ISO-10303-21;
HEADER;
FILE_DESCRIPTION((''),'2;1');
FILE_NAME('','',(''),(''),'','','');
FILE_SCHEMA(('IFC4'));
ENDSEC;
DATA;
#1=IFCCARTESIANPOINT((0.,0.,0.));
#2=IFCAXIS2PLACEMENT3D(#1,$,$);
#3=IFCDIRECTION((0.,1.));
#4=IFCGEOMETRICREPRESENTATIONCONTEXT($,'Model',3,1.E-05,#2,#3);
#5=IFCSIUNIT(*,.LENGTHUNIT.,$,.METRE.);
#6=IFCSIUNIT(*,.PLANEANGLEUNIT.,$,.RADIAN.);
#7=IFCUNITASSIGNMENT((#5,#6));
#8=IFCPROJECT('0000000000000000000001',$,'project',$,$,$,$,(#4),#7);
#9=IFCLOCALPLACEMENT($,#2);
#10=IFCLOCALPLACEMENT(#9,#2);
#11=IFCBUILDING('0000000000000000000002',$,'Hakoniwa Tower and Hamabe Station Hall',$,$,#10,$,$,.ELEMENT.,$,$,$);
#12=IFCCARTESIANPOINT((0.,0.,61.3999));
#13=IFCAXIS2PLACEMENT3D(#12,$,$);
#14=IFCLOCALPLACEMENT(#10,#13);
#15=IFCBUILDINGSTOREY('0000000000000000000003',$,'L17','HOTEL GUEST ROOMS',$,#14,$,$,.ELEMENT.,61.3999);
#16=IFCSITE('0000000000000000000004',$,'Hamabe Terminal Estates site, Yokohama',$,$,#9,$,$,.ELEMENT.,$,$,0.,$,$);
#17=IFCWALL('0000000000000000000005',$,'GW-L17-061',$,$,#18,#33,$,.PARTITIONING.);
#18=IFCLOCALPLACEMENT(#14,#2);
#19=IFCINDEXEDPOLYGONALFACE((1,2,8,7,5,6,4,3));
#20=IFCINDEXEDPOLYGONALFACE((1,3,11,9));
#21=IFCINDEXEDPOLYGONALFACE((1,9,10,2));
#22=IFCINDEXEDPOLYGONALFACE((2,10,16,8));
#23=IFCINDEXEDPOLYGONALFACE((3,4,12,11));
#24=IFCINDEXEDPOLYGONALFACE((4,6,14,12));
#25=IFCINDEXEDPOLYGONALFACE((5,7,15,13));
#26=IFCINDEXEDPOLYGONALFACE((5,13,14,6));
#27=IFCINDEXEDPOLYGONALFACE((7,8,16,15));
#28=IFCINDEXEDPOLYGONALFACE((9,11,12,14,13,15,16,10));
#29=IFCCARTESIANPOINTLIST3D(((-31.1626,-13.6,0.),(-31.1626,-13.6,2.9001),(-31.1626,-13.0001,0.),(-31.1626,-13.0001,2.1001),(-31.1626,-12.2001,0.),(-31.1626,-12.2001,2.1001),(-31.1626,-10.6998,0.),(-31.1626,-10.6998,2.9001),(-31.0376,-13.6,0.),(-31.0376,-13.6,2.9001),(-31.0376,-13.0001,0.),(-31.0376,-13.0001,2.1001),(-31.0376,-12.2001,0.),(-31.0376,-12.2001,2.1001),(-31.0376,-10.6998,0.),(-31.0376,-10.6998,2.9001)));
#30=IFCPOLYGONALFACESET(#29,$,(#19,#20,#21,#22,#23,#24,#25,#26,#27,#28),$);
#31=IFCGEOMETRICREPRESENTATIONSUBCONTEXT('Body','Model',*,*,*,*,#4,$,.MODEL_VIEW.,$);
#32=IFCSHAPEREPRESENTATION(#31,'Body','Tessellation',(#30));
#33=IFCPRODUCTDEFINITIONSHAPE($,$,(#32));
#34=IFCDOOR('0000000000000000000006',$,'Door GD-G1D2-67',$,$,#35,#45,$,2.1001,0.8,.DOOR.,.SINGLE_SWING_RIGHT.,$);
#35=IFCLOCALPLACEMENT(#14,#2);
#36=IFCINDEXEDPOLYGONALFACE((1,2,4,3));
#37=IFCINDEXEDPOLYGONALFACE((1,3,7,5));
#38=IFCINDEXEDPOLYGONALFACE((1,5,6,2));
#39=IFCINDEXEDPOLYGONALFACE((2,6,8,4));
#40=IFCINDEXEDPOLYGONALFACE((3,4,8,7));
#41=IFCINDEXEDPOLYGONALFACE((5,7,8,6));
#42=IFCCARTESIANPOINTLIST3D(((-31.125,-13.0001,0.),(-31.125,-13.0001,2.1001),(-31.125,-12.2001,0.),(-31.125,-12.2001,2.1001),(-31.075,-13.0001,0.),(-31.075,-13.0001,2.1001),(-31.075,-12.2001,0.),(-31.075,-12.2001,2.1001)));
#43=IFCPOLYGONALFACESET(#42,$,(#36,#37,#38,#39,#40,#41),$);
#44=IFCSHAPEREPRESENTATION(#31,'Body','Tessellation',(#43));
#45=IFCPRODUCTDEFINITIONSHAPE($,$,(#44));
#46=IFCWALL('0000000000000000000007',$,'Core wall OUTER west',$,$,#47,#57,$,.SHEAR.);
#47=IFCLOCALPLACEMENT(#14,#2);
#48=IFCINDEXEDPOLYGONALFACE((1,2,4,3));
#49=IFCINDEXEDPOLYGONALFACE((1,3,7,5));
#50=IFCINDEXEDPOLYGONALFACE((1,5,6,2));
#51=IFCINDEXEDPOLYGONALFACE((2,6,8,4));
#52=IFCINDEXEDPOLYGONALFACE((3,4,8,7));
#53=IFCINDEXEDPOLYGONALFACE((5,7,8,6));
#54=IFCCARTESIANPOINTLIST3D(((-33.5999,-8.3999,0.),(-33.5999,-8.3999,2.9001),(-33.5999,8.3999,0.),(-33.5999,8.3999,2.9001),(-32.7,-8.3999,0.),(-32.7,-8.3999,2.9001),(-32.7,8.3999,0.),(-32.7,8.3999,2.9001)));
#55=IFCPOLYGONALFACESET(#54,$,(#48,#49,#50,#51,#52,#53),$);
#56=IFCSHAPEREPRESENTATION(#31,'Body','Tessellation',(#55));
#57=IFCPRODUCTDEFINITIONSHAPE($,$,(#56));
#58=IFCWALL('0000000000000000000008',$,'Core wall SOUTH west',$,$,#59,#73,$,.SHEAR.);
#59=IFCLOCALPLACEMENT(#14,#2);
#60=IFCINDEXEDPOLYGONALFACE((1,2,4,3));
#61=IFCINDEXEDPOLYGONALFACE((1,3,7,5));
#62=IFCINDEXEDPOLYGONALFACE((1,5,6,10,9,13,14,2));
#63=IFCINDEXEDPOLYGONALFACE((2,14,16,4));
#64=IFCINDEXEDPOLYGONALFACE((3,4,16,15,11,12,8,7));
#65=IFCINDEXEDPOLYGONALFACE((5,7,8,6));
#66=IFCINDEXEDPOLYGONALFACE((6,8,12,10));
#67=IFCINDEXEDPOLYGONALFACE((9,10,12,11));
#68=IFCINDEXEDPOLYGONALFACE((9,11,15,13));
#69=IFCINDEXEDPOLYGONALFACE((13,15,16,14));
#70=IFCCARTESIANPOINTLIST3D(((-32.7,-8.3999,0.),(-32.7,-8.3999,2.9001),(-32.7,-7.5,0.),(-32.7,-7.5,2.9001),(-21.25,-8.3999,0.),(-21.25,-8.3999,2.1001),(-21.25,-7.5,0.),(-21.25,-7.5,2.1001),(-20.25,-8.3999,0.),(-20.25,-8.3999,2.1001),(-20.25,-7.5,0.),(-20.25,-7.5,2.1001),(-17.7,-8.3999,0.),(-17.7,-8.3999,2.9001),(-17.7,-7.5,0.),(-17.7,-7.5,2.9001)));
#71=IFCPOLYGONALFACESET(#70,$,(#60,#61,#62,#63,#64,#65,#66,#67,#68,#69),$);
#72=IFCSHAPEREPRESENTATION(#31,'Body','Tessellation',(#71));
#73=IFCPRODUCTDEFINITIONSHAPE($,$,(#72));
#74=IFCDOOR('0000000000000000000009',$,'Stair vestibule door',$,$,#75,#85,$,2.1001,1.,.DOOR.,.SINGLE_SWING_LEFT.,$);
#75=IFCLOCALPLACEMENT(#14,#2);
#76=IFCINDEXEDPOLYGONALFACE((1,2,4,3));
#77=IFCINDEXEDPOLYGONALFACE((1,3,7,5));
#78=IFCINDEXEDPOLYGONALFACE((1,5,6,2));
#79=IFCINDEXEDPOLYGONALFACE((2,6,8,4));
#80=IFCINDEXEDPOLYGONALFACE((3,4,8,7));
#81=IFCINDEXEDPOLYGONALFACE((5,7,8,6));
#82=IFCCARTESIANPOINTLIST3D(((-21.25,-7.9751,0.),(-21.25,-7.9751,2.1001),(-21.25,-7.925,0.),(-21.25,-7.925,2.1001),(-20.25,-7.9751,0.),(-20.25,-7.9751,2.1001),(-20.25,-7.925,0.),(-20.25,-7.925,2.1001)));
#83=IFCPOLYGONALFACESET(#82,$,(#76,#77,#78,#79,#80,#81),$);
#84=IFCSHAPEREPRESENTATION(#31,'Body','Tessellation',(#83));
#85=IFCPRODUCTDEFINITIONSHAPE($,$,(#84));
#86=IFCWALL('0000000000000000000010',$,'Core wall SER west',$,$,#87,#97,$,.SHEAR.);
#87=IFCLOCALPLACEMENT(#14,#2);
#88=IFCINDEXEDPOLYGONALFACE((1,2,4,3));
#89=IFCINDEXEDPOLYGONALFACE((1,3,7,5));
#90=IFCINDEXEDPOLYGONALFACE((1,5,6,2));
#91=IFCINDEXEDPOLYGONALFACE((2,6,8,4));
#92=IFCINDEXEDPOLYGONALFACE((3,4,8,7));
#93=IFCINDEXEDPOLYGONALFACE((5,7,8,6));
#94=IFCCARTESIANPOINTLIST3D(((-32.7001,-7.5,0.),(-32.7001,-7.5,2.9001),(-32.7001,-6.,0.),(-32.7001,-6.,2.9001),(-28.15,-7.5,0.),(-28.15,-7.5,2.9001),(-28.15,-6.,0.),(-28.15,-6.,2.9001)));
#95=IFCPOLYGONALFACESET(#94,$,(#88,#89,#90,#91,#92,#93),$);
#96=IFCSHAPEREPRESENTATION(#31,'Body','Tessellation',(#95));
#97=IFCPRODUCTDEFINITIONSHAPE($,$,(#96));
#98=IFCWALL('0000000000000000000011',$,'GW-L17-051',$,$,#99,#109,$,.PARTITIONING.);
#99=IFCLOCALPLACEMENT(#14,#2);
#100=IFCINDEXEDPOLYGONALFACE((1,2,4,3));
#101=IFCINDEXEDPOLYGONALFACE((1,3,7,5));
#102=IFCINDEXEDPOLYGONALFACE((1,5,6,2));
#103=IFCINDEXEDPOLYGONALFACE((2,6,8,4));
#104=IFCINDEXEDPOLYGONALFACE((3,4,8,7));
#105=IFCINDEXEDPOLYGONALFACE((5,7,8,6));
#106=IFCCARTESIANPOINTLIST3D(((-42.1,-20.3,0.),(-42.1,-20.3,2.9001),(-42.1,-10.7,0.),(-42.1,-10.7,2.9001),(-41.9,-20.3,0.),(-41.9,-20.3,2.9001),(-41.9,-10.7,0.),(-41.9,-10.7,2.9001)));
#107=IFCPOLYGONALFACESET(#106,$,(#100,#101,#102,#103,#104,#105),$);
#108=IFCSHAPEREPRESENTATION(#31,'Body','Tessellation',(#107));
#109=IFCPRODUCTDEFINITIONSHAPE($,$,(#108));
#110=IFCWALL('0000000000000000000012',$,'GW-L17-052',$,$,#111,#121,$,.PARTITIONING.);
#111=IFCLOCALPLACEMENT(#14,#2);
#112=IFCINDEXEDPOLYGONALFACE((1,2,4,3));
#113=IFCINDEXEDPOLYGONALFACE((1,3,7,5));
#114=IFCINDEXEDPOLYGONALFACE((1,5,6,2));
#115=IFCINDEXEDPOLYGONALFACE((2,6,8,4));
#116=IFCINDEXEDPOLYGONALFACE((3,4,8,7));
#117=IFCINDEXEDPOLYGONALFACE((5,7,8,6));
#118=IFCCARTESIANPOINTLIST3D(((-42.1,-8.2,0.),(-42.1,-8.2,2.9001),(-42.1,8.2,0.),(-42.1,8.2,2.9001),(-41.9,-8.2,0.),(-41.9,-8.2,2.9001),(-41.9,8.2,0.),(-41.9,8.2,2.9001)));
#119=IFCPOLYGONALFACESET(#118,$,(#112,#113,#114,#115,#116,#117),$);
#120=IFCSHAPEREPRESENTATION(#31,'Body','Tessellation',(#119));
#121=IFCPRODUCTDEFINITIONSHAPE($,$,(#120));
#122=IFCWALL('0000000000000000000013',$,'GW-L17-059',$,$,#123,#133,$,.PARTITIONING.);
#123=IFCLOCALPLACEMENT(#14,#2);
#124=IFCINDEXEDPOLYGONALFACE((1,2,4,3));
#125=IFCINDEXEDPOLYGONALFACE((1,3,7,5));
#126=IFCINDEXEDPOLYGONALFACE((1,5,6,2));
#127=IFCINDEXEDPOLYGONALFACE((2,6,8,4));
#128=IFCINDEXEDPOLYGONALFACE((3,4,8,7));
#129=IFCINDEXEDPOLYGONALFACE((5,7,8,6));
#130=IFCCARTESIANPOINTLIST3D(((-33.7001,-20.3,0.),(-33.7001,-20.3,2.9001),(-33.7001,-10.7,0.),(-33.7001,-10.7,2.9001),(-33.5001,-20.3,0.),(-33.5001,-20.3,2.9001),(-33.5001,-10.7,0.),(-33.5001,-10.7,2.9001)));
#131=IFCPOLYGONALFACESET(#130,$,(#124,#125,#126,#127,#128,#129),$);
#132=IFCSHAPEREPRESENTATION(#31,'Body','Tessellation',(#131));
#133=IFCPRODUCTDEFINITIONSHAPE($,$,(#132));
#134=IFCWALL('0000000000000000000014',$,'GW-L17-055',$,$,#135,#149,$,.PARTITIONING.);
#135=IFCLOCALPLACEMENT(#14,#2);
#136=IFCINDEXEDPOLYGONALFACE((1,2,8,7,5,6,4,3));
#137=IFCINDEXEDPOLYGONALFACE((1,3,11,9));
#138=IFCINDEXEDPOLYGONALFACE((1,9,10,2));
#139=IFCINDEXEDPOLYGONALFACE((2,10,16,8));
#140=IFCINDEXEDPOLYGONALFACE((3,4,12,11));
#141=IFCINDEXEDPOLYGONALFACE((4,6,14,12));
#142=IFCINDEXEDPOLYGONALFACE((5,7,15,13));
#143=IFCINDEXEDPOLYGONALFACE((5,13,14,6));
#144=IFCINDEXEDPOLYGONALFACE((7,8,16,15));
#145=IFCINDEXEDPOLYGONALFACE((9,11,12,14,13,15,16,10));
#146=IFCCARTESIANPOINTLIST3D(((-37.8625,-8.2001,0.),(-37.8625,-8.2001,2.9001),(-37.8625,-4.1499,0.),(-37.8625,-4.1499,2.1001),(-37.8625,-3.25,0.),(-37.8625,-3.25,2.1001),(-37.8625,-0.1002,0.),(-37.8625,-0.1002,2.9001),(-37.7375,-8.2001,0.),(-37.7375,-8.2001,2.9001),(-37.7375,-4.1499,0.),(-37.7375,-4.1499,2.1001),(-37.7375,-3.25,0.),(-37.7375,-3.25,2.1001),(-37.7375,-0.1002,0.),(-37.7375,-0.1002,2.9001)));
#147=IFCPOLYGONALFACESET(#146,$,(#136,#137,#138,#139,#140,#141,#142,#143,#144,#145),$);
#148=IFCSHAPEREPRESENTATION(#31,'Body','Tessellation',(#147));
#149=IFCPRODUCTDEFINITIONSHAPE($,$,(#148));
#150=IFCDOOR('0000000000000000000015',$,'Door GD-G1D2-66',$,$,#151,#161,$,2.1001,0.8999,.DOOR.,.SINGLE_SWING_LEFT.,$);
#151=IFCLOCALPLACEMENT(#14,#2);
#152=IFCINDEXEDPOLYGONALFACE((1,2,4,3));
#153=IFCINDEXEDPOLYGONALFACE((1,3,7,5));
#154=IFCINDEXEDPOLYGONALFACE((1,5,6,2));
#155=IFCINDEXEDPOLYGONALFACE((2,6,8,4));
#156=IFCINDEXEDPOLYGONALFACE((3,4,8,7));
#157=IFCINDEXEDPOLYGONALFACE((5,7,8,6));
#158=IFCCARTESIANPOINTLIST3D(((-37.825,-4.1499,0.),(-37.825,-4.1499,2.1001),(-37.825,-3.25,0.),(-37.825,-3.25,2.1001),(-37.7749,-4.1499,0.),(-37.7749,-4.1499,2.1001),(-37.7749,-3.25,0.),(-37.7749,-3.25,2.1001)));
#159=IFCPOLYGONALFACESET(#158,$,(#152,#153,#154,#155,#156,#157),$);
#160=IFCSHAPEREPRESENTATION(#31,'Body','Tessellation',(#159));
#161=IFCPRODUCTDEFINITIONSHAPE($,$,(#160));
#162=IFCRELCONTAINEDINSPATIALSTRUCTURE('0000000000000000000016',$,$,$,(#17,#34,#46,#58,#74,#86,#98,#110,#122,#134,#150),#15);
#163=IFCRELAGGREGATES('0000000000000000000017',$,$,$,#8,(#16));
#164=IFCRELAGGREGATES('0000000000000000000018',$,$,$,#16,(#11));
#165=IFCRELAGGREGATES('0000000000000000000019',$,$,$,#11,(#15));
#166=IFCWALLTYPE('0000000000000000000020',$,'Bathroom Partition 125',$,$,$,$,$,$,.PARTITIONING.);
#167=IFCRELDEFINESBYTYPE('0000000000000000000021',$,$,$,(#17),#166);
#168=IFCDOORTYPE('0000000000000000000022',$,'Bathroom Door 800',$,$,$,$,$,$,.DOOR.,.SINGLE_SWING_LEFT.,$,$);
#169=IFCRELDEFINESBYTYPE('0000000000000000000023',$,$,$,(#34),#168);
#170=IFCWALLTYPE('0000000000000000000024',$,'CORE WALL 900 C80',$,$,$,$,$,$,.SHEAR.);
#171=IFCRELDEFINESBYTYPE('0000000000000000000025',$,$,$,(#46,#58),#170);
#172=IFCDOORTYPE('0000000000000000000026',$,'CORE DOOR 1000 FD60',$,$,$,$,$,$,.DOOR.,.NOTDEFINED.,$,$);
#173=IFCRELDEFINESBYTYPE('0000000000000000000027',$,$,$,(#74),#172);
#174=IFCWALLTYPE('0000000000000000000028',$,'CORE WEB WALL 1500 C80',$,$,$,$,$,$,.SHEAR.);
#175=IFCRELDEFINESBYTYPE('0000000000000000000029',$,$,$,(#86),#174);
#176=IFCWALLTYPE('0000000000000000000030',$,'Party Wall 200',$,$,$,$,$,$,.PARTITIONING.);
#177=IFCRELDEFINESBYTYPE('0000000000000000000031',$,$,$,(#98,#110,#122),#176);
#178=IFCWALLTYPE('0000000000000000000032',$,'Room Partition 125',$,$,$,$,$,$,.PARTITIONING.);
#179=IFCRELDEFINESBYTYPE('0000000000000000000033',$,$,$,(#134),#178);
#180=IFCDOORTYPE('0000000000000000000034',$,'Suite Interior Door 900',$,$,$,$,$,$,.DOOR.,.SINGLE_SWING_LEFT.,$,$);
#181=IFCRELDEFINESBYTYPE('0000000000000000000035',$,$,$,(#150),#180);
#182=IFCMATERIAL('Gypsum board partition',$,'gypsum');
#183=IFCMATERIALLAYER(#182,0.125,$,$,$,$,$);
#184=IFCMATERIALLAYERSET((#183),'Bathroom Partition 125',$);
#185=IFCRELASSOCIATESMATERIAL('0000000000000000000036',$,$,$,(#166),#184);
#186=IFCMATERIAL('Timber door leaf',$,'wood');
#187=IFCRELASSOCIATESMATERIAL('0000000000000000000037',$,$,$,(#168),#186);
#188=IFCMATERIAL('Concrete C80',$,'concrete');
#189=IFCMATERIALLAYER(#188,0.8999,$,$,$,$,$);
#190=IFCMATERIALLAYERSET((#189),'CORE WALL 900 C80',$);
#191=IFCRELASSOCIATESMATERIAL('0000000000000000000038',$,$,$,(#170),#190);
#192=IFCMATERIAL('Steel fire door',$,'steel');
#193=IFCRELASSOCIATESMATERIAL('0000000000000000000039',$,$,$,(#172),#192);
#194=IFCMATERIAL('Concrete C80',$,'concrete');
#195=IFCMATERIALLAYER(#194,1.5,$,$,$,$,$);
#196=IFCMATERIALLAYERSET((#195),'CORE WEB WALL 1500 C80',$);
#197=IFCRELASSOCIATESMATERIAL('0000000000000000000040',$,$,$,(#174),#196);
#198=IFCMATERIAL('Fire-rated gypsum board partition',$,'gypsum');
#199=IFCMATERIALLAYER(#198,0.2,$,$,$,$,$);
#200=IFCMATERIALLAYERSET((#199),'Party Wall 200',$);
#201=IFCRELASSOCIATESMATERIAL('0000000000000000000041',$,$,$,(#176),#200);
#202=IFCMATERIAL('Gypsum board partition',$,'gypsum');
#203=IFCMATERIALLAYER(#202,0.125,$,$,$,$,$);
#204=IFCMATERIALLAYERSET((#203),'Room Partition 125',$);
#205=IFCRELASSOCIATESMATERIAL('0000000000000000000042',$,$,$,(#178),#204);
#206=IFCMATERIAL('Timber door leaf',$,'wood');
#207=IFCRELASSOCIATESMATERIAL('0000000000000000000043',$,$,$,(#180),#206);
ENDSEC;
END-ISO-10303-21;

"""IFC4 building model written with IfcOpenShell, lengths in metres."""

from ifc_helpers import new_model, si_unit, direction, frame, frame_2d, origin, place, context, subcontext, project, spatial, rectangle, extrude, material, layer, layer_set, type_object, element, fill, save


model = new_model("IFC4")

# Units and contexts
model_context = context("Model", 3, precision=1e-05, world=origin(), true_north=direction((0.0, 1.0)))
body_context = subcontext(model_context, "Body", "Model", "MODEL_VIEW")
ifc_project = project(units=[si_unit("LENGTHUNIT", "METRE"), si_unit("PLANEANGLEUNIT", "RADIAN")], contexts=[model_context])

# Site, building, storey
site_placement = place(None, origin())
site = spatial("IfcSite", under=ifc_project, at=site_placement, Name="Hamabe Terminal Estates site, Yokohama", CompositionType="ELEMENT", RefElevation=0.0)
building_placement = place(site_placement, origin())
building = spatial("IfcBuilding", under=site, at=building_placement, Name="Hakoniwa Tower and Hamabe Station Hall", CompositionType="ELEMENT")
storey_placement = place(building_placement, frame((0.0, 0.0, 61.3999)))
storey = spatial("IfcBuildingStorey", under=building, at=storey_placement, Name="L17", Description="HOTEL GUEST ROOMS", CompositionType="ELEMENT", Elevation=61.3999)

# Shared definitions
ifc_material_1 = material(Name="Gypsum board partition", Category="gypsum")
ifc_layer_1 = layer(ifc_material_1, 0.125)
ifc_layer_set_1 = layer_set([ifc_layer_1], Name="Bathroom Partition 125")
wall_type_1 = type_object("IfcWallType", Name="Bathroom Partition 125", PredefinedType="PARTITIONING", material=ifc_layer_set_1)
ifc_material_2 = material(Name="Timber door leaf", Category="wood")
door_type_1 = type_object("IfcDoorType", Name="Bathroom Door 800", OperationType="SINGLE_SWING_LEFT", PredefinedType="DOOR", material=ifc_material_2)

# Wall, opening, door
wall_1_placement = place(storey_placement, frame((-31.1001, -13.6001, 0.0), z_axis=(0.0, 0.0, 1.0), x_axis=(0.0, 1.0, 0.0)))
wall_1 = element("IfcWall", 1, at=wall_1_placement, inside=storey, type_object=wall_type_1, Name="GW-L17-061", PredefinedType="PARTITIONING", context=body_context, shape_type="SweptSolid", body=[
    extrude(rectangle(XDim=2.9001, YDim=0.125, at=frame_2d((1.4502, 0.0))), origin(), (0.0, 0.0, 1.0), 2.9001),
])
opening_1_placement = place(wall_1_placement, frame((0.6001, 0.0, 0.0)))
opening_1 = element("IfcOpeningElement", 2, at=opening_1_placement, cuts=wall_1, PredefinedType="OPENING", context=body_context, shape_type="SweptSolid", body=[
    extrude(rectangle(XDim=0.8, YDim=2.1001, at=frame_2d((0.3999, 1.05))), frame((0.0, 0.0725, 0.0), z_axis=(0.0, -1.0, 0.0), x_axis=(1.0, 0.0, 0.0)), (0.0, 0.0, 1.0), 0.145),
])
door_1_placement = place(opening_1_placement, origin())
door_1 = element("IfcDoor", 3, at=door_1_placement, inside=storey, type_object=door_type_1, Name="Door GD-G1D2-67", OperationType="SINGLE_SWING_RIGHT", OverallHeight=2.1001, OverallWidth=0.8, PredefinedType="DOOR", context=body_context, shape_type="SweptSolid", body=[
    extrude(rectangle(XDim=0.8, YDim=2.1001, at=frame_2d((0.3999, 1.05))), frame((0.0, 0.0249, 0.0), z_axis=(0.0, -1.0, 0.0), x_axis=(1.0, 0.0, 0.0)), (0.0, 0.0, 1.0), 0.05),
])
fill(opening_1, door_1)

# Wall
ifc_material_3 = material(Name="Concrete C80", Category="concrete")
ifc_layer_2 = layer(ifc_material_3, 0.8999)
ifc_layer_set_2 = layer_set([ifc_layer_2], Name="CORE WALL 900 C80")
wall_type_2 = type_object("IfcWallType", Name="CORE WALL 900 C80", PredefinedType="SHEAR", material=ifc_layer_set_2)
wall_2_placement = place(storey_placement, frame((-33.1499, -8.3999, 0.0), z_axis=(0.0, 0.0, 1.0), x_axis=(0.0, 1.0, 0.0)))
element("IfcWall", 4, at=wall_2_placement, inside=storey, type_object=wall_type_2, Name="Core wall OUTER west", PredefinedType="SHEAR", context=body_context, shape_type="SweptSolid", body=[
    extrude(rectangle(XDim=16.7998, YDim=0.8999, at=frame_2d((8.3999, 0.0))), origin(), (0.0, 0.0, 1.0), 2.9001),
])

# Wall, opening, door
wall_3_placement = place(storey_placement, frame((-32.7, -7.95, 0.0), z_axis=(0.0, 0.0, 1.0), x_axis=(1.0, 0.0, 0.0)))
wall_3 = element("IfcWall", 5, at=wall_3_placement, inside=storey, type_object=wall_type_2, Name="Core wall SOUTH west", PredefinedType="SHEAR", context=body_context, shape_type="SweptSolid", body=[
    extrude(rectangle(XDim=15.0, YDim=0.8999, at=frame_2d((7.5, 0.0))), origin(), (0.0, 0.0, 1.0), 2.9001),
])
opening_2_placement = place(wall_3_placement, frame((11.45, 0.0, 0.0)))
opening_2 = element("IfcOpeningElement", 6, at=opening_2_placement, cuts=wall_3, PredefinedType="OPENING", context=body_context, shape_type="SweptSolid", body=[
    extrude(rectangle(XDim=1.0, YDim=2.1001, at=frame_2d((0.5, 1.05))), frame((0.0, 0.46, 0.0), z_axis=(0.0, -1.0, 0.0), x_axis=(1.0, 0.0, 0.0)), (0.0, 0.0, 1.0), 0.9199),
])
ifc_material_4 = material(Name="Steel fire door", Category="steel")
door_type_2 = type_object("IfcDoorType", Name="CORE DOOR 1000 FD60", OperationType="NOTDEFINED", PredefinedType="DOOR", material=ifc_material_4)
door_2_placement = place(opening_2_placement, origin())
door_2 = element("IfcDoor", 7, at=door_2_placement, inside=storey, type_object=door_type_2, Name="Stair vestibule door", OperationType="SINGLE_SWING_LEFT", OverallHeight=2.1001, OverallWidth=1.0, PredefinedType="DOOR", context=body_context, shape_type="SweptSolid", body=[
    extrude(rectangle(XDim=1.0, YDim=2.1001, at=frame_2d((0.5, 1.05))), frame((0.0, 0.0249, 0.0), z_axis=(0.0, -1.0, 0.0), x_axis=(1.0, 0.0, 0.0)), (0.0, 0.0, 1.0), 0.05),
])
fill(opening_2, door_2)

# Walls
ifc_material_5 = material(Name="Concrete C80", Category="concrete")
ifc_layer_3 = layer(ifc_material_5, 1.5)
ifc_layer_set_3 = layer_set([ifc_layer_3], Name="CORE WEB WALL 1500 C80")
wall_type_3 = type_object("IfcWallType", Name="CORE WEB WALL 1500 C80", PredefinedType="SHEAR", material=ifc_layer_set_3)
wall_4_placement = place(storey_placement, frame((-32.7, -6.75, 0.0), z_axis=(0.0, 0.0, 1.0), x_axis=(1.0, 0.0, 0.0)))
element("IfcWall", 8, at=wall_4_placement, inside=storey, type_object=wall_type_3, Name="Core wall SER west", PredefinedType="SHEAR", context=body_context, shape_type="SweptSolid", body=[
    extrude(rectangle(XDim=4.55, YDim=1.5, at=frame_2d((2.2749, 0.0))), origin(), (0.0, 0.0, 1.0), 2.9001),
])
ifc_material_6 = material(Name="Fire-rated gypsum board partition", Category="gypsum")
ifc_layer_4 = layer(ifc_material_6, 0.2)
ifc_layer_set_4 = layer_set([ifc_layer_4], Name="Party Wall 200")
wall_type_4 = type_object("IfcWallType", Name="Party Wall 200", PredefinedType="PARTITIONING", material=ifc_layer_set_4)
wall_5_placement = place(storey_placement, frame((-42.0, -20.3, 0.0), z_axis=(0.0, 0.0, 1.0), x_axis=(0.0, 1.0, 0.0)))
element("IfcWall", 9, at=wall_5_placement, inside=storey, type_object=wall_type_4, Name="GW-L17-051", PredefinedType="PARTITIONING", context=body_context, shape_type="SweptSolid", body=[
    extrude(rectangle(XDim=9.6001, YDim=0.2, at=frame_2d((4.8, 0.0))), origin(), (0.0, 0.0, 1.0), 2.9001),
])
wall_6_placement = place(storey_placement, frame((-42.0, -8.2, 0.0), z_axis=(0.0, 0.0, 1.0), x_axis=(0.0, 1.0, 0.0)))
element("IfcWall", 10, at=wall_6_placement, inside=storey, type_object=wall_type_4, Name="GW-L17-052", PredefinedType="PARTITIONING", context=body_context, shape_type="SweptSolid", body=[
    extrude(rectangle(XDim=16.3999, YDim=0.2, at=frame_2d((8.2, 0.0))), origin(), (0.0, 0.0, 1.0), 2.9001),
])
wall_7_placement = place(storey_placement, frame((-33.6001, -20.3, 0.0), z_axis=(0.0, 0.0, 1.0), x_axis=(0.0, 1.0, 0.0)))
element("IfcWall", 11, at=wall_7_placement, inside=storey, type_object=wall_type_4, Name="GW-L17-059", PredefinedType="PARTITIONING", context=body_context, shape_type="SweptSolid", body=[
    extrude(rectangle(XDim=9.6001, YDim=0.2, at=frame_2d((4.8, 0.0))), origin(), (0.0, 0.0, 1.0), 2.9001),
])

# Wall, opening, door
ifc_material_7 = material(Name="Gypsum board partition", Category="gypsum")
ifc_layer_5 = layer(ifc_material_7, 0.125)
ifc_layer_set_5 = layer_set([ifc_layer_5], Name="Room Partition 125")
wall_type_5 = type_object("IfcWallType", Name="Room Partition 125", PredefinedType="PARTITIONING", material=ifc_layer_set_5)
wall_8_placement = place(storey_placement, frame((-37.8, -8.2, 0.0), z_axis=(0.0, 0.0, 1.0), x_axis=(0.0, 1.0, 0.0)))
wall_8 = element("IfcWall", 12, at=wall_8_placement, inside=storey, type_object=wall_type_5, Name="GW-L17-055", PredefinedType="PARTITIONING", context=body_context, shape_type="SweptSolid", body=[
    extrude(rectangle(XDim=8.0999, YDim=0.125, at=frame_2d((4.0498, 0.0))), origin(), (0.0, 0.0, 1.0), 2.9001),
])
opening_3_placement = place(wall_8_placement, frame((4.05, 0.0, 0.0)))
opening_3 = element("IfcOpeningElement", 13, at=opening_3_placement, cuts=wall_8, PredefinedType="OPENING", context=body_context, shape_type="SweptSolid", body=[
    extrude(rectangle(XDim=0.8999, YDim=2.1001, at=frame_2d((0.45, 1.05))), frame((0.0, 0.0725, 0.0), z_axis=(0.0, -1.0, 0.0), x_axis=(1.0, 0.0, 0.0)), (0.0, 0.0, 1.0), 0.145),
])
ifc_material_8 = material(Name="Timber door leaf", Category="wood")
door_type_3 = type_object("IfcDoorType", Name="Suite Interior Door 900", OperationType="SINGLE_SWING_LEFT", PredefinedType="DOOR", material=ifc_material_8)
door_3_placement = place(opening_3_placement, origin())
door_3 = element("IfcDoor", 14, at=door_3_placement, inside=storey, type_object=door_type_3, Name="Door GD-G1D2-66", OperationType="SINGLE_SWING_LEFT", OverallHeight=2.1001, OverallWidth=0.8999, PredefinedType="DOOR", context=body_context, shape_type="SweptSolid", body=[
    extrude(rectangle(XDim=0.8999, YDim=2.1001, at=frame_2d((0.45, 1.05))), frame((0.0, 0.0249, 0.0), z_axis=(0.0, -1.0, 0.0), x_axis=(1.0, 0.0, 0.0)), (0.0, 0.0, 1.0), 0.05),
])
fill(opening_3, door_3)

save(model, "model.ifc")
